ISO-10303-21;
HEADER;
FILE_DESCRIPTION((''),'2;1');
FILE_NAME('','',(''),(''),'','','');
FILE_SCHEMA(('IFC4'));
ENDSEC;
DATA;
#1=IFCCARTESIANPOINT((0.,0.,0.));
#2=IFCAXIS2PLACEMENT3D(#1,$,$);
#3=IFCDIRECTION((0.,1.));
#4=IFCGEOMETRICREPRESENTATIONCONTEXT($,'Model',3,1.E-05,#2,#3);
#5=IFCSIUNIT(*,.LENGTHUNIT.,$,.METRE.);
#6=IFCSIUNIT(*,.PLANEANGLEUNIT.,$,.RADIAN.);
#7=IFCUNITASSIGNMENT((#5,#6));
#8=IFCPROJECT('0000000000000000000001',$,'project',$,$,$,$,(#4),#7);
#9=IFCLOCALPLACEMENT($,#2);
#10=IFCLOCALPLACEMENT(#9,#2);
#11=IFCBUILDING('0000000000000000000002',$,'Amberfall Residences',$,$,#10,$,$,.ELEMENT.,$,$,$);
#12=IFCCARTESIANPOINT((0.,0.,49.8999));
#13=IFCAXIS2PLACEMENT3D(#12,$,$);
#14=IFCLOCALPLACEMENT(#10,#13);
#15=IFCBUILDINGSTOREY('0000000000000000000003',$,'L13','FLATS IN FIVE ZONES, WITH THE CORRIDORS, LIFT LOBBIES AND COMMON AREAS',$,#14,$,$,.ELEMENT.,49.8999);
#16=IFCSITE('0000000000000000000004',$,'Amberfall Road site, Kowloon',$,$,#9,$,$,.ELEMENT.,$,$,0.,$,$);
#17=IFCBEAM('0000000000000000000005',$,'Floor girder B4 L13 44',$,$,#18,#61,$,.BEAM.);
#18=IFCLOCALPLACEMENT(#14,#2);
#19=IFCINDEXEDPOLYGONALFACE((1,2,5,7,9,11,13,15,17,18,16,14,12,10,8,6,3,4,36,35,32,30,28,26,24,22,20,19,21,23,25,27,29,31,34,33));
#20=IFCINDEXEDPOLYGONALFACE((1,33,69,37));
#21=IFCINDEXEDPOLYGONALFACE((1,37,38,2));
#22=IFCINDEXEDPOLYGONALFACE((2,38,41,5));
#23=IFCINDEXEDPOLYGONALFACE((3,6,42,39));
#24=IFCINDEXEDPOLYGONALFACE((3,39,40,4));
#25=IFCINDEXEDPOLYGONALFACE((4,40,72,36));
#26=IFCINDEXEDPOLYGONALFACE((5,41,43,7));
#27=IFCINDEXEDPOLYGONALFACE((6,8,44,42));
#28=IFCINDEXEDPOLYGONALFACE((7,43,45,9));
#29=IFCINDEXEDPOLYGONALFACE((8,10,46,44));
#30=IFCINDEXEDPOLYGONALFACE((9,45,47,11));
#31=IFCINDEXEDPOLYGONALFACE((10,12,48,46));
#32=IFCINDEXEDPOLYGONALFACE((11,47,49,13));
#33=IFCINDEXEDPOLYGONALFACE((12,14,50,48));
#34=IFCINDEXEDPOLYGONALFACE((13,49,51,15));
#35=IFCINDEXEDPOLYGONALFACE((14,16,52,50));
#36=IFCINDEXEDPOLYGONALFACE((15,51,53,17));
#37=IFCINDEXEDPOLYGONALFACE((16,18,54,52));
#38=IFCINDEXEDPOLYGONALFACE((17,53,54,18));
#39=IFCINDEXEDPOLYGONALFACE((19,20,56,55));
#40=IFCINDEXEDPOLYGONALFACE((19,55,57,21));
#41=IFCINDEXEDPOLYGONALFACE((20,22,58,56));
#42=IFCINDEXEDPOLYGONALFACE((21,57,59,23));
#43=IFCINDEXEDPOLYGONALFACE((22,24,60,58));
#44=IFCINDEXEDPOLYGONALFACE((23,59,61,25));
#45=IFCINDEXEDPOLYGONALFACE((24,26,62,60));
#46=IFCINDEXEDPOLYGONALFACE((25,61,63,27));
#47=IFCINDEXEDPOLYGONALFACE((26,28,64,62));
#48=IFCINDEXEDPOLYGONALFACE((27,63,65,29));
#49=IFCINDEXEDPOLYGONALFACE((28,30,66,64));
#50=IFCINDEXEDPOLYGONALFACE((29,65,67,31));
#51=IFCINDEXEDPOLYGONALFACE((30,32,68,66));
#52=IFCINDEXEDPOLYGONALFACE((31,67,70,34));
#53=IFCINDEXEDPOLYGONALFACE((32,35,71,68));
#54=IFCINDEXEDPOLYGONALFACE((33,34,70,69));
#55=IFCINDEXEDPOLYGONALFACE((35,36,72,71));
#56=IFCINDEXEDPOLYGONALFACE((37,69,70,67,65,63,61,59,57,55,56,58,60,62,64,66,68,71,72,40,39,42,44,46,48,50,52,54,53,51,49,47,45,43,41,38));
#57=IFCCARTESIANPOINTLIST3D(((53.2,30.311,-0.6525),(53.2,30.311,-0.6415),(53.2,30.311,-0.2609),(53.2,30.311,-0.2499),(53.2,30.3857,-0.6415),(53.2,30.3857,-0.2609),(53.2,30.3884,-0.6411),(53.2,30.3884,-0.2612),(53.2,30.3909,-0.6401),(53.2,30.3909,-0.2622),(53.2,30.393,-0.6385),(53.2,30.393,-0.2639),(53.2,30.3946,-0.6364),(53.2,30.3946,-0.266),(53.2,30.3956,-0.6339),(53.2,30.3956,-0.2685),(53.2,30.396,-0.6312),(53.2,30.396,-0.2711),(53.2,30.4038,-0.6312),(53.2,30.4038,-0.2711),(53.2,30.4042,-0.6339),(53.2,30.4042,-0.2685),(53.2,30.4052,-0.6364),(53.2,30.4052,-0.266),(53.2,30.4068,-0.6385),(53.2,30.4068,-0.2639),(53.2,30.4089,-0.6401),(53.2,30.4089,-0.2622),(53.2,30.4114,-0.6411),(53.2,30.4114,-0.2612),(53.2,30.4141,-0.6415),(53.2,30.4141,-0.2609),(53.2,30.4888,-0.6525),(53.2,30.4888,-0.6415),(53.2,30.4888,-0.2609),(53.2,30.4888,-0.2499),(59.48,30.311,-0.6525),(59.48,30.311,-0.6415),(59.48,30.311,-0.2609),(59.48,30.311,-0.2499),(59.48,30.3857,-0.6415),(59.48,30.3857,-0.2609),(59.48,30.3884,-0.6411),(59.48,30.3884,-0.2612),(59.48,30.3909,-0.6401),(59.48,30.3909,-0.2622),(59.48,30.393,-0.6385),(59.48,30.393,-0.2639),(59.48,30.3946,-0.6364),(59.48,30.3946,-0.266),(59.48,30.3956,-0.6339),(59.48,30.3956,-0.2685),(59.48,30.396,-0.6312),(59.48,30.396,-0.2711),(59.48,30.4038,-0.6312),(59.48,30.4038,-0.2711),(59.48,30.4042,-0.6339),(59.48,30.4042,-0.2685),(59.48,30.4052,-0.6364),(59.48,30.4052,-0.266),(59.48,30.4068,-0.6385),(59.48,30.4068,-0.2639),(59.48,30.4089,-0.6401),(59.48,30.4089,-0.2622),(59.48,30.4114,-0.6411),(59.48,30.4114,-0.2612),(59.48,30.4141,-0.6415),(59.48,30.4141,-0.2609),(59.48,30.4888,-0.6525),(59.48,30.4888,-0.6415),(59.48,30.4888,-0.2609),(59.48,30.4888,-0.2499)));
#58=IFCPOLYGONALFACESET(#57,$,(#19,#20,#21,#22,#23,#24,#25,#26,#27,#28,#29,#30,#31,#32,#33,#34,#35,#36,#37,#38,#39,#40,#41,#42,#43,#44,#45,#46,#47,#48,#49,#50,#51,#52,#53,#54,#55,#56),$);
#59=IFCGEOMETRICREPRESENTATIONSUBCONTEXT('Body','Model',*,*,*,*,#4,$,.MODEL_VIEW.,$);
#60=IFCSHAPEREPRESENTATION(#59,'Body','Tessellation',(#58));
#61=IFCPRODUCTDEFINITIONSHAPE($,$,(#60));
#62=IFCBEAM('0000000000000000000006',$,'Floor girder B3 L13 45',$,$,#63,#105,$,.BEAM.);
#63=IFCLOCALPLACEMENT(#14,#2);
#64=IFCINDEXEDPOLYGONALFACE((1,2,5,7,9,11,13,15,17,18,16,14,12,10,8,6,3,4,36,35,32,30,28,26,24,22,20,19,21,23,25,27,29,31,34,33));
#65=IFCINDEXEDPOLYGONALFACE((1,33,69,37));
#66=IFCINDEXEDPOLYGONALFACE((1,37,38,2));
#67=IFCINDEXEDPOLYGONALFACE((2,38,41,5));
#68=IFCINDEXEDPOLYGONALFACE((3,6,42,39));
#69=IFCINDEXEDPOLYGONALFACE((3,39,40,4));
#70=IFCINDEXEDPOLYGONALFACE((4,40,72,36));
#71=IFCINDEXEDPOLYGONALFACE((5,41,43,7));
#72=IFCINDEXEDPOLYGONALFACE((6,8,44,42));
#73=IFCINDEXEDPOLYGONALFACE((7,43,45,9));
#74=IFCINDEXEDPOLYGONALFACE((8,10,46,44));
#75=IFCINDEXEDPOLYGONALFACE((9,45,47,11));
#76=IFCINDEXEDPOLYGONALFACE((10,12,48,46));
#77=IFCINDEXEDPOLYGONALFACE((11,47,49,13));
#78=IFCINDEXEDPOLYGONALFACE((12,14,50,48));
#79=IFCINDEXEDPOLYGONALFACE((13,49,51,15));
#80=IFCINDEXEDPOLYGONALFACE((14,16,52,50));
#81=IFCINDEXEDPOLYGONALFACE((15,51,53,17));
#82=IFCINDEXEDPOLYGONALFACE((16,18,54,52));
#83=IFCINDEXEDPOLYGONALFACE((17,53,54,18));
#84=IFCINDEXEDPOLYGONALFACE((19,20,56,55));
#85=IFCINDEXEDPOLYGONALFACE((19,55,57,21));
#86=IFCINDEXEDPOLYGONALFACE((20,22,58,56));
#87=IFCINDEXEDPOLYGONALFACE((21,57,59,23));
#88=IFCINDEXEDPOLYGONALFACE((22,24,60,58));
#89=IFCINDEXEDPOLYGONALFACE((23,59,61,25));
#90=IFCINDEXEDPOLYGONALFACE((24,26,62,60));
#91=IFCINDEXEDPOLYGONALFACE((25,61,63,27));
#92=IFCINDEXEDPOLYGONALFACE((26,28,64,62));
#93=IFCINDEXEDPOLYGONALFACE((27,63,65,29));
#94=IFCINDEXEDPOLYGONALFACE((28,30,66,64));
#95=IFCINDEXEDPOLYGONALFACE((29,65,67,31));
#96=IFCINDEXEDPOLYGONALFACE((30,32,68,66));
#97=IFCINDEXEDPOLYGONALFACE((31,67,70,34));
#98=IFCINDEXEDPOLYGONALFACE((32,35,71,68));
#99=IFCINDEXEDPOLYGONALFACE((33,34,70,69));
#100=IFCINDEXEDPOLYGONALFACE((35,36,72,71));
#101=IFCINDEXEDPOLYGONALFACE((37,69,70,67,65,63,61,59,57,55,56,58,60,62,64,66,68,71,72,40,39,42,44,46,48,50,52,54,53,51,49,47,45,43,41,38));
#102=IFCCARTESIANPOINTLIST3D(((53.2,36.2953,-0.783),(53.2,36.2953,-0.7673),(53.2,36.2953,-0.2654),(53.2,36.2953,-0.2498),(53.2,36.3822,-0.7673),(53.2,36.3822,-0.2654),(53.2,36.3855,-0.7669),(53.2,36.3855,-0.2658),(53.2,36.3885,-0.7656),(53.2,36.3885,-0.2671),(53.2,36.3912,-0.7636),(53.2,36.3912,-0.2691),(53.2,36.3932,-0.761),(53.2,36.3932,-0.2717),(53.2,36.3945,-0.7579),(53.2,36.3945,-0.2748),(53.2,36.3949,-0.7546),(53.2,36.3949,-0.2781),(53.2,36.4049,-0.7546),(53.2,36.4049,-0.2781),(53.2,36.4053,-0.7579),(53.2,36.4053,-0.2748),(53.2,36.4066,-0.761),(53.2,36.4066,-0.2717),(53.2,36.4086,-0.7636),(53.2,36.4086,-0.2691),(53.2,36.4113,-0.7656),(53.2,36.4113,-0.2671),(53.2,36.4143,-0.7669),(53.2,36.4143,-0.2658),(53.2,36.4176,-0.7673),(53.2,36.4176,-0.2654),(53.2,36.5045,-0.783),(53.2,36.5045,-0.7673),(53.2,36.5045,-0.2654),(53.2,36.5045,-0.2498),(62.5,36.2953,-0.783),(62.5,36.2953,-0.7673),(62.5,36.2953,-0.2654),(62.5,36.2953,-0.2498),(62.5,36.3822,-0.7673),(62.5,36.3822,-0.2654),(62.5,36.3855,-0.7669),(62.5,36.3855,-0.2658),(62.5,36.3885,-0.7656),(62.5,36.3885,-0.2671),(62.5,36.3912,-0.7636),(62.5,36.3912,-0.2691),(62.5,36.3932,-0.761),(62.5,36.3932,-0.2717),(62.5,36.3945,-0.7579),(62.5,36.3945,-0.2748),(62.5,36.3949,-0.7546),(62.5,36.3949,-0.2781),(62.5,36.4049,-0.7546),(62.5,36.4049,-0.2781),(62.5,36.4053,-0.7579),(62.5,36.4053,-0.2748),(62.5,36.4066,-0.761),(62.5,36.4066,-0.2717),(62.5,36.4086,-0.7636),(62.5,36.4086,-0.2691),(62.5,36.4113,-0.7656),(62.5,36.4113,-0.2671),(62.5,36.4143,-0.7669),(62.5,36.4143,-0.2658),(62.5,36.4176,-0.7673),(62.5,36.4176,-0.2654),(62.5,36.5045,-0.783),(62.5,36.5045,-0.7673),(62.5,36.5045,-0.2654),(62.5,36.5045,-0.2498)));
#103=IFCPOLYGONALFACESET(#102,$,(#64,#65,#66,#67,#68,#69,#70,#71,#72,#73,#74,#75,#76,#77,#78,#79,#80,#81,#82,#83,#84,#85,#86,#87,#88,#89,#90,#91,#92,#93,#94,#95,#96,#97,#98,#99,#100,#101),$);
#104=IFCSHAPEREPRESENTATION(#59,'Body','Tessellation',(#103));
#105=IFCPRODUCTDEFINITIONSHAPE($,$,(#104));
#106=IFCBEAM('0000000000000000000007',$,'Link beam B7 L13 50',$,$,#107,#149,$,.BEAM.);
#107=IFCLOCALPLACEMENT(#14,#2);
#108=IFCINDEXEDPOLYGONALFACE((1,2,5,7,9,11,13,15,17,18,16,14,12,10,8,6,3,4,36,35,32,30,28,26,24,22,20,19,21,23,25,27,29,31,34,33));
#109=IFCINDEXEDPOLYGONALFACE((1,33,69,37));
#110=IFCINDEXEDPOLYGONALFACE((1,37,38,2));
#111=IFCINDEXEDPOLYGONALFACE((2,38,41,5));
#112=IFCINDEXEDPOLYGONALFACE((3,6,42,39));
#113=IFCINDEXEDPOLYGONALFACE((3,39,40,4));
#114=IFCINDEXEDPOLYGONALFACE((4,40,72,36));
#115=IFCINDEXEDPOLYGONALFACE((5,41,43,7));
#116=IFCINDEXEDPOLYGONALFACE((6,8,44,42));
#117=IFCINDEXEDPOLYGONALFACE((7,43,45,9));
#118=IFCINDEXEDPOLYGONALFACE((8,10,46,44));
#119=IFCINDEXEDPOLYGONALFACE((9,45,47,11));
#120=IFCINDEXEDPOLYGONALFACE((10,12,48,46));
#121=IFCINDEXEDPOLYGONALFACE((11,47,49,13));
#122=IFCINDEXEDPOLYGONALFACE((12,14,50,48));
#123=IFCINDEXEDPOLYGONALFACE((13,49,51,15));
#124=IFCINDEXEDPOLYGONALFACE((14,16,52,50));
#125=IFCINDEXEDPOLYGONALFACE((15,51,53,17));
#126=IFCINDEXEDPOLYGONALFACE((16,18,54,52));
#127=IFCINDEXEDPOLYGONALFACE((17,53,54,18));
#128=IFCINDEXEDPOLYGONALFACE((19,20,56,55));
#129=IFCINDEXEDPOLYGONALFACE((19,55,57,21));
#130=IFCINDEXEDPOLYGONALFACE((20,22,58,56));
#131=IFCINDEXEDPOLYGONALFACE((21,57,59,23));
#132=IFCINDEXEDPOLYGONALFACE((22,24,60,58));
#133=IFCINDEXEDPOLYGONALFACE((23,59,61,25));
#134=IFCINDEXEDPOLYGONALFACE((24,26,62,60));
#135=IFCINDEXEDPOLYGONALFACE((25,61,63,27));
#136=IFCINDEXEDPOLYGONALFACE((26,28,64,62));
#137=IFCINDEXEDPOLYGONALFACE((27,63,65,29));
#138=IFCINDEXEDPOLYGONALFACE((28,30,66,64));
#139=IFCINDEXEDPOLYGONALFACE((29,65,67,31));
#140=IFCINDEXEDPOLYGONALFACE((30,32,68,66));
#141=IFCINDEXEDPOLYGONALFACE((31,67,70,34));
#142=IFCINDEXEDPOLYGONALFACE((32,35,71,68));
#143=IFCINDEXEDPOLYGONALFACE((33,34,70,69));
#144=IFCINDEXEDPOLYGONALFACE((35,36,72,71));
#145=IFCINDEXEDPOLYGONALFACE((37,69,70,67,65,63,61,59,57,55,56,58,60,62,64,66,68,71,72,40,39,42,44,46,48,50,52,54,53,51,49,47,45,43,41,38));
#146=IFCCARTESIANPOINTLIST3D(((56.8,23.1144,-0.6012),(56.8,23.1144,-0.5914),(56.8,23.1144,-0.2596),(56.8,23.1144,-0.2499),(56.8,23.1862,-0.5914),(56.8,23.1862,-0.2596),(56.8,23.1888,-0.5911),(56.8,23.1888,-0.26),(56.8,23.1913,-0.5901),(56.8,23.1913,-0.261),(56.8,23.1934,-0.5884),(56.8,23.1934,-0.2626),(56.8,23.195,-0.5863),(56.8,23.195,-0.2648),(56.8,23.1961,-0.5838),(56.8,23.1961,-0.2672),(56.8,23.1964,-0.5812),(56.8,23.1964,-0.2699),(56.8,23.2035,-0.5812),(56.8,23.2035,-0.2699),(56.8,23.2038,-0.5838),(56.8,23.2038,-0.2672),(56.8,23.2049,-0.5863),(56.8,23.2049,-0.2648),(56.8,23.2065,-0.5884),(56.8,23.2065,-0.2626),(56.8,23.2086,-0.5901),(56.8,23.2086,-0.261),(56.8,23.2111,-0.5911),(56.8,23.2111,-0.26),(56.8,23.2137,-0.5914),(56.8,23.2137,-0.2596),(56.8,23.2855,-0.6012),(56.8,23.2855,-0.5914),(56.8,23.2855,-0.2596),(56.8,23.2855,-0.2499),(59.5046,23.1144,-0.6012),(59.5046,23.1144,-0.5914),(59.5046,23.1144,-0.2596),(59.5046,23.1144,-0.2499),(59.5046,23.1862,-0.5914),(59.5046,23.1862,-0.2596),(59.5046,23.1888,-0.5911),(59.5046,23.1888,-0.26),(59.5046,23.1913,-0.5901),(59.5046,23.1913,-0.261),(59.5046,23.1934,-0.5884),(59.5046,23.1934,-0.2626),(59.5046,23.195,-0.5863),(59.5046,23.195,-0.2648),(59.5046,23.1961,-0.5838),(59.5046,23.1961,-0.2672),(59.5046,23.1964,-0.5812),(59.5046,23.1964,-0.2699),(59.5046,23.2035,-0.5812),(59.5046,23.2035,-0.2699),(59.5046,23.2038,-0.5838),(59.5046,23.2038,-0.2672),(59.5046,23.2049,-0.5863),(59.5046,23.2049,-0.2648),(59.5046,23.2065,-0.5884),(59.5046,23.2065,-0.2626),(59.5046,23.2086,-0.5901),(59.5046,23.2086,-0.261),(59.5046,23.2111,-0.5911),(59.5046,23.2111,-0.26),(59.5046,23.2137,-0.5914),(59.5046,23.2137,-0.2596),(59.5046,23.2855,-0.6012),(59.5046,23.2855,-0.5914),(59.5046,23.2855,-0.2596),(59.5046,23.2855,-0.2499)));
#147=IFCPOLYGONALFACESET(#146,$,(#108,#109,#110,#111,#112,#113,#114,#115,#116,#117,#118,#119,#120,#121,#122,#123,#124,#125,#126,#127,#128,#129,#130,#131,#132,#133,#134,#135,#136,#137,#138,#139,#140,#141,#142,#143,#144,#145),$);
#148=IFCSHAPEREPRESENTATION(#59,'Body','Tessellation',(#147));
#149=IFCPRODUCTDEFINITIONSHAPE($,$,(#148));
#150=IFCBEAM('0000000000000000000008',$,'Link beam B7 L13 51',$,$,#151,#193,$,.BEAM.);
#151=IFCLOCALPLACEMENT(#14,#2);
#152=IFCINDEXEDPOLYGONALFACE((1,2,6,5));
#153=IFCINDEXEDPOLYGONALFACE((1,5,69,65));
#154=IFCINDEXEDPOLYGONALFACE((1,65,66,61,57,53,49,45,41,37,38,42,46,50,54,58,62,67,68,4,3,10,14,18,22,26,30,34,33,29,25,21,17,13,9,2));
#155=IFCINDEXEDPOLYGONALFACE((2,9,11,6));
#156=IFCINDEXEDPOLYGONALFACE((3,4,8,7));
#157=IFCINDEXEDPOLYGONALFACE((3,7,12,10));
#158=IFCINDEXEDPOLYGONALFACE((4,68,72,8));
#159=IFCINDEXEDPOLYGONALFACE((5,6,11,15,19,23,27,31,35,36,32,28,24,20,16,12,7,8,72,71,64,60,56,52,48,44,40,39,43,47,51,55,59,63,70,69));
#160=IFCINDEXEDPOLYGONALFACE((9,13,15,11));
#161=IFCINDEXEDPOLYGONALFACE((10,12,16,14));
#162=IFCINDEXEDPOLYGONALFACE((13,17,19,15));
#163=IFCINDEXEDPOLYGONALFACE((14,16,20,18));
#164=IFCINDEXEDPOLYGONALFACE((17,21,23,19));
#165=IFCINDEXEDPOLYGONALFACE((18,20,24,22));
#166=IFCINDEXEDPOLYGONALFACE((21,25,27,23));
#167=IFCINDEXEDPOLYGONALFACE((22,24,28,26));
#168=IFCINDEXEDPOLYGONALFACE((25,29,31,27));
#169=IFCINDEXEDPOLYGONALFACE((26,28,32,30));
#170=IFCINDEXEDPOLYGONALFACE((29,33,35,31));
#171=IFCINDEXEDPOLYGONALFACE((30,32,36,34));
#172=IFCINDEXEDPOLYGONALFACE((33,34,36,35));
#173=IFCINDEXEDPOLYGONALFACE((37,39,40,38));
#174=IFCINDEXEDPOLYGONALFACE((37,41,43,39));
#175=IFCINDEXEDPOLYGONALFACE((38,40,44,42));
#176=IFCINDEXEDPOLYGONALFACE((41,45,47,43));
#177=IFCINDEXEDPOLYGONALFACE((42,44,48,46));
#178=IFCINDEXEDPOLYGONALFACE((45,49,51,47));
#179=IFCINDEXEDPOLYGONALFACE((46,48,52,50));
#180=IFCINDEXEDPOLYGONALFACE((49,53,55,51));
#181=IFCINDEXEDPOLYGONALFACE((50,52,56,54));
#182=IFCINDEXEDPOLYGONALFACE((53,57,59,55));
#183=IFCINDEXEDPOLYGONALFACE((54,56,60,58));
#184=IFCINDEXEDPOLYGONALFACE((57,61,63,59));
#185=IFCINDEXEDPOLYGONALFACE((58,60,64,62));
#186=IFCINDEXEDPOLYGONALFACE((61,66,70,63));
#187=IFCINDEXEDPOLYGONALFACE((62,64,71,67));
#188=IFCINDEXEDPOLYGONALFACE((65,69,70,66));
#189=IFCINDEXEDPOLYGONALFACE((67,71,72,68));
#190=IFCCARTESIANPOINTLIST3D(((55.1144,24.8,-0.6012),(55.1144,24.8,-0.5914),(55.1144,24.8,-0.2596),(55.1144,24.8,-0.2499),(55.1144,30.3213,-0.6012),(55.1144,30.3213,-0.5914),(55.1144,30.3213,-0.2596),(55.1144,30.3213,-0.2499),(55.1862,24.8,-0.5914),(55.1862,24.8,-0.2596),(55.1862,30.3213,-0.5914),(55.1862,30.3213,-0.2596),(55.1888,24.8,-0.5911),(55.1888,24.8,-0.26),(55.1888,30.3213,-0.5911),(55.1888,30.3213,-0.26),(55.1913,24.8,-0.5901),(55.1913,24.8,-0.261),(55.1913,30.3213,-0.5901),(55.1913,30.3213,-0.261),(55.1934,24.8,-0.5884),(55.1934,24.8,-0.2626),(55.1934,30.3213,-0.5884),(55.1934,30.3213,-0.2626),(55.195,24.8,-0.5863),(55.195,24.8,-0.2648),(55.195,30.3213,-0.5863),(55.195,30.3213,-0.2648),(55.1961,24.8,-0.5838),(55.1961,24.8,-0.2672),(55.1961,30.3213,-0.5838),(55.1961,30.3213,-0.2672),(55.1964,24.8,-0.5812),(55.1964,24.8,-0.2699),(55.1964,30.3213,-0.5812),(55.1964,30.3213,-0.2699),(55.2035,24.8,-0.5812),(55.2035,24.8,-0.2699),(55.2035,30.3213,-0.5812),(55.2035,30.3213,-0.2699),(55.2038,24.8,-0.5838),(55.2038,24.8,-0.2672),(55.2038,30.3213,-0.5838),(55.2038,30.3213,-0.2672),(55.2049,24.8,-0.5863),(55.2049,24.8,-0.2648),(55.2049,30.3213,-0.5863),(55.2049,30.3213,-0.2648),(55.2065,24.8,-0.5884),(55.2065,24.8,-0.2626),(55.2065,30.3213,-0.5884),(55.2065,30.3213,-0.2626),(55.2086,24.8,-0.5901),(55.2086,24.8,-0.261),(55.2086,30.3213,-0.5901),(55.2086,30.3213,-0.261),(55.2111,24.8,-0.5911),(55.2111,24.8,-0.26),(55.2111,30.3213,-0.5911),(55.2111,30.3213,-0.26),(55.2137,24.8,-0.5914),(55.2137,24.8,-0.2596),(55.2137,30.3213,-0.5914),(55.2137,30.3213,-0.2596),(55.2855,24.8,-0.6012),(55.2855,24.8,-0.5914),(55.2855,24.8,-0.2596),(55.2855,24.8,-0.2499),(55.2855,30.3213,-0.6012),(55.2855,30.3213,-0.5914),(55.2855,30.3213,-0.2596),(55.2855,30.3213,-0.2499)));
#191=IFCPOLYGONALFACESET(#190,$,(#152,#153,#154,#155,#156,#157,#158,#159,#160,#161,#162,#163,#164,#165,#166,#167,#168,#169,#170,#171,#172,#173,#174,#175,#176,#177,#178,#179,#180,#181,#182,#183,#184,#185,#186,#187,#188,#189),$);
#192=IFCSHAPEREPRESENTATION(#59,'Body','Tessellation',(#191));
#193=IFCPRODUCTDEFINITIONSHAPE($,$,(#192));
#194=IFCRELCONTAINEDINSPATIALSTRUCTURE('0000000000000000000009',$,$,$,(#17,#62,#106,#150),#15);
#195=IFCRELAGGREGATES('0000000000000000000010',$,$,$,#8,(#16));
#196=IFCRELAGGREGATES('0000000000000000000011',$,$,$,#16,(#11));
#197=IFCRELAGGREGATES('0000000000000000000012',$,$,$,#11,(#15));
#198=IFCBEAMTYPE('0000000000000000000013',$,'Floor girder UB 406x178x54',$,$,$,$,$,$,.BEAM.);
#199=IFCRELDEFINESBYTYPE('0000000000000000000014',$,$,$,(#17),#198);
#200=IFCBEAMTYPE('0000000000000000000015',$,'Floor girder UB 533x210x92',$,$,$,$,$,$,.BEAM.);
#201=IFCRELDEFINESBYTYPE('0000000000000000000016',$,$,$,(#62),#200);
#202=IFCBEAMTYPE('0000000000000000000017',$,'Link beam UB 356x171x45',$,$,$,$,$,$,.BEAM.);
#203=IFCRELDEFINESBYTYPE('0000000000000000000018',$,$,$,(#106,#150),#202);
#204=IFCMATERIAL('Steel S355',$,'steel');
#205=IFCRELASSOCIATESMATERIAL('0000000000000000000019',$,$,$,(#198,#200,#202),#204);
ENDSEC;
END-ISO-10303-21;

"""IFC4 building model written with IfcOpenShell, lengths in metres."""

from ifc_helpers import new_model, si_unit, direction, frame, origin, origin_2d, place, context, subcontext, project, spatial, i_section, extrude, material, material_profile, profile_set, type_object, element, save


model = new_model("IFC4")

# Units and contexts
model_context = context("Model", 3, precision=1e-05, world=origin(), true_north=direction((0.0, 1.0)))
body_context = subcontext(model_context, "Body", "Model", "MODEL_VIEW")
ifc_project = project(units=[si_unit("LENGTHUNIT", "METRE"), si_unit("PLANEANGLEUNIT", "RADIAN")], contexts=[model_context])

# Site, building, storey
site_placement = place(None, origin())
site = spatial("IfcSite", under=ifc_project, at=site_placement, Name="Amberfall Road site, Kowloon", CompositionType="ELEMENT", RefElevation=0.0)
building_placement = place(site_placement, origin())
building = spatial("IfcBuilding", under=site, at=building_placement, Name="Amberfall Residences", CompositionType="ELEMENT")
storey_placement = place(building_placement, frame((0.0, 0.0, 49.8999)))
storey = spatial("IfcBuildingStorey", under=building, at=storey_placement, Name="L13", Description="FLATS IN FIVE ZONES, WITH THE CORRIDORS, LIFT LOBBIES AND COMMON AREAS", CompositionType="ELEMENT", Elevation=49.8999)

# Beams
ifc_material_1 = material(Name="Steel S355", Category="steel")
ifc_material_profile_1 = material_profile(ifc_material_1, i_section(OverallWidth=0.1777, OverallDepth=0.4026, WebThickness=0.0078, FlangeThickness=0.011, FilletRadius=0.0103, at=origin_2d()), Name="UB 406x178x54")
ifc_profile_set_1 = profile_set([ifc_material_profile_1], Name="Steel S355")
beam_type_1 = type_object("IfcBeamType", Name="Floor girder UB 406x178x54", PredefinedType="BEAM", material=ifc_profile_set_1)
beam_1_placement = place(storey_placement, frame((53.2, 30.3999, -0.4512), z_axis=(1.0, 0.0, 0.0), x_axis=(0.0, 1.0, 0.0)))
element("IfcBeam", 1, at=beam_1_placement, inside=storey, type_object=beam_type_1, Name="Floor girder B4 L13 44", PredefinedType="BEAM", context=body_context, shape_type="SweptSolid", body=[
    extrude(i_section(OverallWidth=0.1777, OverallDepth=0.4026, WebThickness=0.0078, FlangeThickness=0.011, FilletRadius=0.0103, at=origin_2d()), origin(), (0.0, 0.0, 1.0), 6.28),
])
ifc_material_profile_2 = material_profile(ifc_material_1, i_section(OverallWidth=0.2092, OverallDepth=0.5332, WebThickness=0.01, FlangeThickness=0.0156, FilletRadius=0.0127, at=origin_2d()), Name="UB 533x210x92")
ifc_profile_set_2 = profile_set([ifc_material_profile_2], Name="Steel S355")
beam_type_2 = type_object("IfcBeamType", Name="Floor girder UB 533x210x92", PredefinedType="BEAM", material=ifc_profile_set_2)
beam_2_placement = place(storey_placement, frame((53.2, 36.3999, -0.5164), z_axis=(1.0, 0.0, 0.0), x_axis=(0.0, 1.0, 0.0)))
element("IfcBeam", 2, at=beam_2_placement, inside=storey, type_object=beam_type_2, Name="Floor girder B3 L13 45", PredefinedType="BEAM", context=body_context, shape_type="SweptSolid", body=[
    extrude(i_section(OverallWidth=0.2092, OverallDepth=0.5332, WebThickness=0.01, FlangeThickness=0.0156, FilletRadius=0.0127, at=origin_2d()), origin(), (0.0, 0.0, 1.0), 9.3),
])
ifc_material_profile_3 = material_profile(ifc_material_1, i_section(OverallWidth=0.1711, OverallDepth=0.3513, WebThickness=0.0071, FlangeThickness=0.0098, FilletRadius=0.0103, at=origin_2d()), Name="UB 356x171x45")
ifc_profile_set_3 = profile_set([ifc_material_profile_3], Name="Steel S355")
beam_type_3 = type_object("IfcBeamType", Name="Link beam UB 356x171x45", PredefinedType="BEAM", material=ifc_profile_set_3)
beam_3_placement = place(storey_placement, frame((56.8, 23.2, -0.4255), z_axis=(1.0, 0.0, 0.0), x_axis=(0.0, 1.0, 0.0)))
element("IfcBeam", 3, at=beam_3_placement, inside=storey, type_object=beam_type_3, Name="Link beam B7 L13 50", PredefinedType="BEAM", context=body_context, shape_type="SweptSolid", body=[
    extrude(i_section(OverallWidth=0.1711, OverallDepth=0.3513, WebThickness=0.0071, FlangeThickness=0.0098, FilletRadius=0.0103, at=origin_2d()), origin(), (0.0, 0.0, 1.0), 2.7046),
])
beam_4_placement = place(storey_placement, frame((55.2, 24.8, -0.4255), z_axis=(0.0, 1.0, 0.0), x_axis=(-1.0, 0.0, 0.0)))
element("IfcBeam", 4, at=beam_4_placement, inside=storey, type_object=beam_type_3, Name="Link beam B7 L13 51", PredefinedType="BEAM", context=body_context, shape_type="SweptSolid", body=[
    extrude(i_section(OverallWidth=0.1711, OverallDepth=0.3513, WebThickness=0.0071, FlangeThickness=0.0098, FilletRadius=0.0103, at=origin_2d()), origin(), (0.0, 0.0, 1.0), 5.5212),
])

save(model, "model.ifc")
